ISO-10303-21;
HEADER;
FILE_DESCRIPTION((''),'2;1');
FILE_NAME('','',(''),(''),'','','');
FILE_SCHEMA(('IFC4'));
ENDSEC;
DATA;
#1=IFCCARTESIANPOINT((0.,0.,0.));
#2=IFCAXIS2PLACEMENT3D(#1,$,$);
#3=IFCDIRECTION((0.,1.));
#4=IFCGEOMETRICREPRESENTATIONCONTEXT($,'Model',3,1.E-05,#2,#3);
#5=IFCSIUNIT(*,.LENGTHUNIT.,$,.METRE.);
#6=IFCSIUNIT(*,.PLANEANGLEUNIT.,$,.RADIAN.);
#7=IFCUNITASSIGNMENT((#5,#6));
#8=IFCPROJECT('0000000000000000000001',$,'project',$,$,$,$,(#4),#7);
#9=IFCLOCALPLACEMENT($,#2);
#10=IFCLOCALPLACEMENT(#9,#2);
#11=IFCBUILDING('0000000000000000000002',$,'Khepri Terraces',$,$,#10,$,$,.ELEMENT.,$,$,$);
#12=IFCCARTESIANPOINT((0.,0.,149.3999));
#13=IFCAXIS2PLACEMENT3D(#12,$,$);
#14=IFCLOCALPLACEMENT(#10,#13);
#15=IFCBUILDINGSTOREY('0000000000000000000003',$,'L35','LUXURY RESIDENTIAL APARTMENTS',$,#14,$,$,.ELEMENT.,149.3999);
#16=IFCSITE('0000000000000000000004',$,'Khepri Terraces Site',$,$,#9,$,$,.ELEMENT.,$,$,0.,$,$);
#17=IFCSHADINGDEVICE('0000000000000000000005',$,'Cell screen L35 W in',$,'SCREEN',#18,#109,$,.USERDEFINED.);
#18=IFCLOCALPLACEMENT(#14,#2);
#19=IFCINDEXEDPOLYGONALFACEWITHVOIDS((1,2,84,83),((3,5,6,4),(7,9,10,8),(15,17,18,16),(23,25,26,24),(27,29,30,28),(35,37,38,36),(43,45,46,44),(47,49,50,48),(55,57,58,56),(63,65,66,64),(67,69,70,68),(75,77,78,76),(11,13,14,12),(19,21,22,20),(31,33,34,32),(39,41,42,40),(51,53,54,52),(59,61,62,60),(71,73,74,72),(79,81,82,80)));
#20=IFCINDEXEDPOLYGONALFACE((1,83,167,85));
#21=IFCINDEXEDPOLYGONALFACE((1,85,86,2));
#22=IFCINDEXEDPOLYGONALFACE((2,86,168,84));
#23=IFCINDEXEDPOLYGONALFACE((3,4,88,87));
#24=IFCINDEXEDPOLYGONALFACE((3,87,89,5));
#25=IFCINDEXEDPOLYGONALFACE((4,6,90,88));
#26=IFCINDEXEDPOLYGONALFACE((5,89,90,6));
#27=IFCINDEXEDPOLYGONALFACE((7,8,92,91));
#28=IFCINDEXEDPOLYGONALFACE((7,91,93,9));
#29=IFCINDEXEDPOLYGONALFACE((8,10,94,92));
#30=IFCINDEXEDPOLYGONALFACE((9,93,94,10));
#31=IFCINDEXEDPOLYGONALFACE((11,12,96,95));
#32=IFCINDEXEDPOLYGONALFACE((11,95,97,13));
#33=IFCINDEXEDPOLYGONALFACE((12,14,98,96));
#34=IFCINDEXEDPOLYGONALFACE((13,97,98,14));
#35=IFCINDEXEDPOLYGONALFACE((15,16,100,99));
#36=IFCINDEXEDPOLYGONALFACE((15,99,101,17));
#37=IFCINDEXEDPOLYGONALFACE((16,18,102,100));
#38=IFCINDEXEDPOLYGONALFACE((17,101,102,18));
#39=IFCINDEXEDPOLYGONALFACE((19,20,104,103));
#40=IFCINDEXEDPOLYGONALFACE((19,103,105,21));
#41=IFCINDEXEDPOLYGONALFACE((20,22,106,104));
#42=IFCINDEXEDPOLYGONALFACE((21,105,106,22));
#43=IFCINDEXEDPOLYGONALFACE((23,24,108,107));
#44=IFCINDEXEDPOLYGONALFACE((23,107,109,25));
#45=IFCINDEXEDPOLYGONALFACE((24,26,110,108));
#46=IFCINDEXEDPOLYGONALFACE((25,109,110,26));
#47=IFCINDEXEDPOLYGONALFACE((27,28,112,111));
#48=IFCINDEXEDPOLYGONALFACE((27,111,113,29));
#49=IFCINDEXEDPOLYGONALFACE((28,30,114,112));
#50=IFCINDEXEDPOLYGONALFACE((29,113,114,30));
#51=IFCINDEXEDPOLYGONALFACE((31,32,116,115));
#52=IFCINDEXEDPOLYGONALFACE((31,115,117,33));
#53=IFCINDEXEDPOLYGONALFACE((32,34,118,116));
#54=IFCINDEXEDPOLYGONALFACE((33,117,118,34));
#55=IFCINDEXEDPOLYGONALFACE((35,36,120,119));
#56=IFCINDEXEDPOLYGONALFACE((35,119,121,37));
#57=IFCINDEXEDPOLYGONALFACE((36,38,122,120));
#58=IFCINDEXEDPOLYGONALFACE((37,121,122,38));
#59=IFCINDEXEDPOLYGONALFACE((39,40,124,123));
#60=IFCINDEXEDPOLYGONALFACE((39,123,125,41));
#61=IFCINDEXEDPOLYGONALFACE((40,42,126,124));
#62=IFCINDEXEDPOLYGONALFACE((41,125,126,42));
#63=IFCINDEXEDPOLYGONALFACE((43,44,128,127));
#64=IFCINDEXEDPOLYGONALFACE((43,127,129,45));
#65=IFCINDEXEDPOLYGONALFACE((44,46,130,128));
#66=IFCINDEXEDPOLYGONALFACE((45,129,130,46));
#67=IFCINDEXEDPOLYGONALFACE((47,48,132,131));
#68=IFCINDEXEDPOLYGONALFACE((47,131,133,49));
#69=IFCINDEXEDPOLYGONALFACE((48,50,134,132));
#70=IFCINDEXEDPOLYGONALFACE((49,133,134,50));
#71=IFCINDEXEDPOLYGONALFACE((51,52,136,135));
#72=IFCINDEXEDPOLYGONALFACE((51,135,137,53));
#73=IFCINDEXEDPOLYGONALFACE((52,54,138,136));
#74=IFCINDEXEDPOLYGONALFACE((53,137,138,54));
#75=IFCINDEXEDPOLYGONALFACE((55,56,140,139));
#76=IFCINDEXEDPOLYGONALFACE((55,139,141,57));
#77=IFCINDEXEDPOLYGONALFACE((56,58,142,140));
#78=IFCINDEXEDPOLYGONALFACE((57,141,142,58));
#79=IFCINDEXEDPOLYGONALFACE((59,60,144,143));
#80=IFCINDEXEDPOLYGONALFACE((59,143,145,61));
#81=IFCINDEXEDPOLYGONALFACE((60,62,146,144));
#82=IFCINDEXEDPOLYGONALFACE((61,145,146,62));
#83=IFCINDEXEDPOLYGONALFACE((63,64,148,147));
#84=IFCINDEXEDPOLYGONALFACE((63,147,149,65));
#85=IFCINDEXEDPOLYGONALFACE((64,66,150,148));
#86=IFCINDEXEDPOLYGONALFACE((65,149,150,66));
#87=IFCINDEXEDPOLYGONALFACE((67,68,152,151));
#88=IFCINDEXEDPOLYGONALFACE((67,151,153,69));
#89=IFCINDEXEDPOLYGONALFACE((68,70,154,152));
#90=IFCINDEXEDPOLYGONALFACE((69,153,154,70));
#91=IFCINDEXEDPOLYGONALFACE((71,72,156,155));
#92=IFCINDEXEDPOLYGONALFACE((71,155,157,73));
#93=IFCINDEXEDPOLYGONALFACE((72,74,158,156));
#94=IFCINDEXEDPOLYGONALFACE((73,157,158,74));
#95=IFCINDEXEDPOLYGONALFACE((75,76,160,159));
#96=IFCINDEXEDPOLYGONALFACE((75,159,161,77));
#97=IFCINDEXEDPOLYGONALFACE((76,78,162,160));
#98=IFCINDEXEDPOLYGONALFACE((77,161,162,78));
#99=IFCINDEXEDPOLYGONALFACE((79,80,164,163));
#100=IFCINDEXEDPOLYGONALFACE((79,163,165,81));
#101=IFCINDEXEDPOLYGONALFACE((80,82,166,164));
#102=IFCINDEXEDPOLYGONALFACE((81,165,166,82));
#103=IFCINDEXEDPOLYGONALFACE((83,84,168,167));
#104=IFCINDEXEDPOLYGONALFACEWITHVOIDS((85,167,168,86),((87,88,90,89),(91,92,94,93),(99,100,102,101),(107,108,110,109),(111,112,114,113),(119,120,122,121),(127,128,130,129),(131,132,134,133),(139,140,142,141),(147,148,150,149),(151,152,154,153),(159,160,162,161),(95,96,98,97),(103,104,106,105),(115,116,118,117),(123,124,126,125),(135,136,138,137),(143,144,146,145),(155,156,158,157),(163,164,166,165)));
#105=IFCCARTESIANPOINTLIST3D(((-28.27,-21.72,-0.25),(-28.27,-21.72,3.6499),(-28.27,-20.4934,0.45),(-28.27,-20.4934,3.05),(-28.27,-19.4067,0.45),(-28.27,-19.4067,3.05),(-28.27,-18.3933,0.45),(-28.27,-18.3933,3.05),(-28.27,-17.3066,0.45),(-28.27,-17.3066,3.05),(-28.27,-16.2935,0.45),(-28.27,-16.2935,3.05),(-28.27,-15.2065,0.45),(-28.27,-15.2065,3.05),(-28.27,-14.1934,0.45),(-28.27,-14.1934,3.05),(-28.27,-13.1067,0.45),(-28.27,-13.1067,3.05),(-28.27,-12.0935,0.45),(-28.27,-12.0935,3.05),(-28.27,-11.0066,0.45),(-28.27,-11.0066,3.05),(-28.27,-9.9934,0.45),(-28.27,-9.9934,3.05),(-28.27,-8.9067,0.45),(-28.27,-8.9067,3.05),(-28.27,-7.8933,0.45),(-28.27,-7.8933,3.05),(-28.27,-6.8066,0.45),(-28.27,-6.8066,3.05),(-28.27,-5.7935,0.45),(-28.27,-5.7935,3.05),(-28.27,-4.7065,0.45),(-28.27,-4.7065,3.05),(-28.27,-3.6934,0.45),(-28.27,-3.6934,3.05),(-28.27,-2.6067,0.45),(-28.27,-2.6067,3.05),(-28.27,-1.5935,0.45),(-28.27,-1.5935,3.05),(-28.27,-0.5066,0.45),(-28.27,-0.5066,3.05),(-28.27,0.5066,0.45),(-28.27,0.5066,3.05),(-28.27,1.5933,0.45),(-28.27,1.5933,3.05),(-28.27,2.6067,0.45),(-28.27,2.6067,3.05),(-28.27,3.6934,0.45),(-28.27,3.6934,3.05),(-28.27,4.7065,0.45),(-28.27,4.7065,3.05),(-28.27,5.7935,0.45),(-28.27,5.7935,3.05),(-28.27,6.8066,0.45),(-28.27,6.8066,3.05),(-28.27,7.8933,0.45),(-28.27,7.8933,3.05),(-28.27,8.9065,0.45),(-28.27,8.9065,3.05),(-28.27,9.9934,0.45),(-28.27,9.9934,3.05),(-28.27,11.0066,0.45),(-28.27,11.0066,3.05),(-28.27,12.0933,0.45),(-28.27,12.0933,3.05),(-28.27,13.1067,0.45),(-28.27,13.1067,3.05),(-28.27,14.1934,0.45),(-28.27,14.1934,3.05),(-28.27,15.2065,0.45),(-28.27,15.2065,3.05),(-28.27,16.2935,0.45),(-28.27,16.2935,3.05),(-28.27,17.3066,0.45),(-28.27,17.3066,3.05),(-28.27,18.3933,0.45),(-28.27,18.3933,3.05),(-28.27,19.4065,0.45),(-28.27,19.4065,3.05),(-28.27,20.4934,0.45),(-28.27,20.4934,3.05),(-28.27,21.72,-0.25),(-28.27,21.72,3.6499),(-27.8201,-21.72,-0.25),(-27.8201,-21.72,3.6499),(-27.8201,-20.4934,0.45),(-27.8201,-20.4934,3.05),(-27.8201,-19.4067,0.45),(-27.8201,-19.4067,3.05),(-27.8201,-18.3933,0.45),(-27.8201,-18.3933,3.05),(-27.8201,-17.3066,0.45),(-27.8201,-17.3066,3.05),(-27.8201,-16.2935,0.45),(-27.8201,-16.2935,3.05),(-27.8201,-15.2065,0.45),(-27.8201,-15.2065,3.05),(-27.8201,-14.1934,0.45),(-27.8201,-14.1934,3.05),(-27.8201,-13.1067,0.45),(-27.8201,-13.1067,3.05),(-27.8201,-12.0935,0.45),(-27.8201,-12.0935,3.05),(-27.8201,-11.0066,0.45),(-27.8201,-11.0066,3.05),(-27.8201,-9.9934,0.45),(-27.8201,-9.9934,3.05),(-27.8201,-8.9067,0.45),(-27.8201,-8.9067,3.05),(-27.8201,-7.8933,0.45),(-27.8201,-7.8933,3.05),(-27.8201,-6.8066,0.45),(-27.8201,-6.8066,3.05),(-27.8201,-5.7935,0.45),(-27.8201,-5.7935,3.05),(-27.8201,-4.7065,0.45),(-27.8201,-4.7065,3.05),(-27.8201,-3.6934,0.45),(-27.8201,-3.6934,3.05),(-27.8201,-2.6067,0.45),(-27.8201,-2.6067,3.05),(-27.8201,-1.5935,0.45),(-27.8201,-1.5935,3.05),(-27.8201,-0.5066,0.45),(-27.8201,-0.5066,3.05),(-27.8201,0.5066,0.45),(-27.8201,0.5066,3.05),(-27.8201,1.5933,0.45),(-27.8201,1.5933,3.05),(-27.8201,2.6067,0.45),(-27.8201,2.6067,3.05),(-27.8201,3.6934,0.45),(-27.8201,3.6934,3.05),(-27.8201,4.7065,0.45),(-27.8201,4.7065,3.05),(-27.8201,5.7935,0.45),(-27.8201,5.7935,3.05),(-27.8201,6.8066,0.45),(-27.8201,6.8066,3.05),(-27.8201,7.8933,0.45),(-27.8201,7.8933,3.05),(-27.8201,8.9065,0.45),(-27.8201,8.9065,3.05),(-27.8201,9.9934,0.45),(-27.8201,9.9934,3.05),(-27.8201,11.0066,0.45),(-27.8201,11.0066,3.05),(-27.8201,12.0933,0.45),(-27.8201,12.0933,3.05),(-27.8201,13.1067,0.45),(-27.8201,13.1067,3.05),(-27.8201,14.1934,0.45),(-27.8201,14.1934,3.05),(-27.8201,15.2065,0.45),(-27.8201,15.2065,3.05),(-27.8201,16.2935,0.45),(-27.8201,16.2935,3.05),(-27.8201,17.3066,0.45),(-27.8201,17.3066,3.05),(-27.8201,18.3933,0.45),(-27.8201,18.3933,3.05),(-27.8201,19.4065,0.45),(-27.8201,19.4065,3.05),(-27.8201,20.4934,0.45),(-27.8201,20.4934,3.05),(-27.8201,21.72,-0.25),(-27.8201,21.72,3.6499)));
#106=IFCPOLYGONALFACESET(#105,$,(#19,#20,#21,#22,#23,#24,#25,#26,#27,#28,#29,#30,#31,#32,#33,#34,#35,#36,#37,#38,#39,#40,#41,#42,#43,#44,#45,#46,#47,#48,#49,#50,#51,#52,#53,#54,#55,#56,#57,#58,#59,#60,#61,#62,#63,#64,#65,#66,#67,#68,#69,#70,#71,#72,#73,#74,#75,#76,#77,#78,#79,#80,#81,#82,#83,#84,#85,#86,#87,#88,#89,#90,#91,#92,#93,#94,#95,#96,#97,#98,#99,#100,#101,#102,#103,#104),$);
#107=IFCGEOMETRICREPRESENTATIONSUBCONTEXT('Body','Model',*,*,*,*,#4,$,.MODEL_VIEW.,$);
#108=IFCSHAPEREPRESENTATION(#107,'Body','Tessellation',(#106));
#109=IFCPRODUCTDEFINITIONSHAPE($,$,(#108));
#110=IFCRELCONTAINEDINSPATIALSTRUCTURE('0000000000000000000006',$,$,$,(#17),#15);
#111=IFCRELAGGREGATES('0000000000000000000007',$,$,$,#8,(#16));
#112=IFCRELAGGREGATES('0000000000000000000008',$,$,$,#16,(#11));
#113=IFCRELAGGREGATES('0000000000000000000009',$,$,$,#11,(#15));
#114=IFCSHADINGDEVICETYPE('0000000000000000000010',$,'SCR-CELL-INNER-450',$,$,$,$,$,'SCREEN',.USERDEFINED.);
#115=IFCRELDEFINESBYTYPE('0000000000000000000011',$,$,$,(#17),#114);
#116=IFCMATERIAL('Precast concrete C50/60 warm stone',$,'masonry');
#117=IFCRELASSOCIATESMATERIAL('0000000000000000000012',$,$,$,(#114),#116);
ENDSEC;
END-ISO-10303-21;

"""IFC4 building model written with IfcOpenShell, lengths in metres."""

from ifc_helpers import new_model, si_unit, direction, frame, origin, place, context, subcontext, project, spatial, polyline, outline, extrude, material, type_object, element, save


model = new_model("IFC4")

# Units and contexts
model_context = context("Model", 3, precision=1e-05, world=origin(), true_north=direction((0.0, 1.0)))
body_context = subcontext(model_context, "Body", "Model", "MODEL_VIEW")
ifc_project = project(units=[si_unit("LENGTHUNIT", "METRE"), si_unit("PLANEANGLEUNIT", "RADIAN")], contexts=[model_context])

# Site, building, storey
site_placement = place(None, origin())
site = spatial("IfcSite", under=ifc_project, at=site_placement, Name="Khepri Terraces Site", CompositionType="ELEMENT", RefElevation=0.0)
building_placement = place(site_placement, origin())
building = spatial("IfcBuilding", under=site, at=building_placement, Name="Khepri Terraces", CompositionType="ELEMENT")
storey_placement = place(building_placement, frame((0.0, 0.0, 149.3999)))
storey = spatial("IfcBuildingStorey", under=building, at=storey_placement, Name="L35", Description="LUXURY RESIDENTIAL APARTMENTS", CompositionType="ELEMENT", Elevation=149.3999)

# Shared definitions
ifc_material_1 = material(Name="Precast concrete C50/60 warm stone", Category="masonry")

# Shading device
shading_device_type_1 = type_object("IfcShadingDeviceType", Name="SCR-CELL-INNER-450", ElementType="SCREEN", PredefinedType="USERDEFINED", material=ifc_material_1)
shading_device_1_placement = place(storey_placement, frame((-27.8201, 21.72, -0.25), z_axis=(-1.0, 0.0, 0.0), x_axis=(0.0, -1.0, 0.0)))
element("IfcShadingDevice", 1, at=shading_device_1_placement, inside=storey, type_object=shading_device_type_1, Name="Cell screen L35 W in", ObjectType="SCREEN", PredefinedType="USERDEFINED", context=body_context, shape_type="SweptSolid", body=[
    extrude(outline(polyline([(0.0, 0.0), (43.4399, 0.0), (43.4399, 3.8999), (0.0, 3.8999), (0.0, 0.0)]), holes=[polyline([(1.2266, 0.7), (2.3135, 0.7), (2.3135, 3.3), (1.2266, 3.3), (1.2266, 0.7)]), polyline([(3.3267, 0.7), (4.4133, 0.7), (4.4133, 3.3), (3.3267, 3.3), (3.3267, 0.7)]), polyline([(5.4265, 0.7), (6.5134, 0.7), (6.5134, 3.3), (5.4265, 3.3), (5.4265, 0.7)]), polyline([(7.5266, 0.7), (8.6133, 0.7), (8.6133, 3.3), (7.5266, 3.3), (7.5266, 0.7)]), polyline([(9.6267, 0.7), (10.7134, 0.7), (10.7134, 3.3), (9.6267, 3.3), (9.6267, 0.7)]), polyline([(11.7266, 0.7), (12.8135, 0.7), (12.8135, 3.3), (11.7266, 3.3), (11.7266, 0.7)]), polyline([(13.8267, 0.7), (14.9133, 0.7), (14.9133, 3.3), (13.8267, 3.3), (13.8267, 0.7)]), polyline([(15.9265, 0.7), (17.0134, 0.7), (17.0134, 3.3), (15.9265, 3.3), (15.9265, 0.7)]), polyline([(18.0266, 0.7), (19.1133, 0.7), (19.1133, 3.3), (18.0266, 3.3), (18.0266, 0.7)]), polyline([(20.1267, 0.7), (21.2134, 0.7), (21.2134, 3.3), (20.1267, 3.3), (20.1267, 0.7)]), polyline([(22.2266, 0.7), (23.3135, 0.7), (23.3135, 3.3), (22.2266, 3.3), (22.2266, 0.7)]), polyline([(24.3267, 0.7), (25.4133, 0.7), (25.4133, 3.3), (24.3267, 3.3), (24.3267, 0.7)]), polyline([(26.4265, 0.7), (27.5134, 0.7), (27.5134, 3.3), (26.4265, 3.3), (26.4265, 0.7)]), polyline([(28.5266, 0.7), (29.6133, 0.7), (29.6133, 3.3), (28.5266, 3.3), (28.5266, 0.7)]), polyline([(30.6267, 0.7), (31.7134, 0.7), (31.7134, 3.3), (30.6267, 3.3), (30.6267, 0.7)]), polyline([(32.7266, 0.7), (33.8135, 0.7), (33.8135, 3.3), (32.7266, 3.3), (32.7266, 0.7)]), polyline([(34.8267, 0.7), (35.9133, 0.7), (35.9133, 3.3), (34.8267, 3.3), (34.8267, 0.7)]), polyline([(36.9265, 0.7), (38.0134, 0.7), (38.0134, 3.3), (36.9265, 3.3), (36.9265, 0.7)]), polyline([(39.0266, 0.7), (40.1133, 0.7), (40.1133, 3.3), (39.0266, 3.3), (39.0266, 0.7)]), polyline([(41.1267, 0.7), (42.2134, 0.7), (42.2134, 3.3), (41.1267, 3.3), (41.1267, 0.7)])]), origin(), (0.0, 0.0, 1.0), 0.45),
])

save(model, "model.ifc")
